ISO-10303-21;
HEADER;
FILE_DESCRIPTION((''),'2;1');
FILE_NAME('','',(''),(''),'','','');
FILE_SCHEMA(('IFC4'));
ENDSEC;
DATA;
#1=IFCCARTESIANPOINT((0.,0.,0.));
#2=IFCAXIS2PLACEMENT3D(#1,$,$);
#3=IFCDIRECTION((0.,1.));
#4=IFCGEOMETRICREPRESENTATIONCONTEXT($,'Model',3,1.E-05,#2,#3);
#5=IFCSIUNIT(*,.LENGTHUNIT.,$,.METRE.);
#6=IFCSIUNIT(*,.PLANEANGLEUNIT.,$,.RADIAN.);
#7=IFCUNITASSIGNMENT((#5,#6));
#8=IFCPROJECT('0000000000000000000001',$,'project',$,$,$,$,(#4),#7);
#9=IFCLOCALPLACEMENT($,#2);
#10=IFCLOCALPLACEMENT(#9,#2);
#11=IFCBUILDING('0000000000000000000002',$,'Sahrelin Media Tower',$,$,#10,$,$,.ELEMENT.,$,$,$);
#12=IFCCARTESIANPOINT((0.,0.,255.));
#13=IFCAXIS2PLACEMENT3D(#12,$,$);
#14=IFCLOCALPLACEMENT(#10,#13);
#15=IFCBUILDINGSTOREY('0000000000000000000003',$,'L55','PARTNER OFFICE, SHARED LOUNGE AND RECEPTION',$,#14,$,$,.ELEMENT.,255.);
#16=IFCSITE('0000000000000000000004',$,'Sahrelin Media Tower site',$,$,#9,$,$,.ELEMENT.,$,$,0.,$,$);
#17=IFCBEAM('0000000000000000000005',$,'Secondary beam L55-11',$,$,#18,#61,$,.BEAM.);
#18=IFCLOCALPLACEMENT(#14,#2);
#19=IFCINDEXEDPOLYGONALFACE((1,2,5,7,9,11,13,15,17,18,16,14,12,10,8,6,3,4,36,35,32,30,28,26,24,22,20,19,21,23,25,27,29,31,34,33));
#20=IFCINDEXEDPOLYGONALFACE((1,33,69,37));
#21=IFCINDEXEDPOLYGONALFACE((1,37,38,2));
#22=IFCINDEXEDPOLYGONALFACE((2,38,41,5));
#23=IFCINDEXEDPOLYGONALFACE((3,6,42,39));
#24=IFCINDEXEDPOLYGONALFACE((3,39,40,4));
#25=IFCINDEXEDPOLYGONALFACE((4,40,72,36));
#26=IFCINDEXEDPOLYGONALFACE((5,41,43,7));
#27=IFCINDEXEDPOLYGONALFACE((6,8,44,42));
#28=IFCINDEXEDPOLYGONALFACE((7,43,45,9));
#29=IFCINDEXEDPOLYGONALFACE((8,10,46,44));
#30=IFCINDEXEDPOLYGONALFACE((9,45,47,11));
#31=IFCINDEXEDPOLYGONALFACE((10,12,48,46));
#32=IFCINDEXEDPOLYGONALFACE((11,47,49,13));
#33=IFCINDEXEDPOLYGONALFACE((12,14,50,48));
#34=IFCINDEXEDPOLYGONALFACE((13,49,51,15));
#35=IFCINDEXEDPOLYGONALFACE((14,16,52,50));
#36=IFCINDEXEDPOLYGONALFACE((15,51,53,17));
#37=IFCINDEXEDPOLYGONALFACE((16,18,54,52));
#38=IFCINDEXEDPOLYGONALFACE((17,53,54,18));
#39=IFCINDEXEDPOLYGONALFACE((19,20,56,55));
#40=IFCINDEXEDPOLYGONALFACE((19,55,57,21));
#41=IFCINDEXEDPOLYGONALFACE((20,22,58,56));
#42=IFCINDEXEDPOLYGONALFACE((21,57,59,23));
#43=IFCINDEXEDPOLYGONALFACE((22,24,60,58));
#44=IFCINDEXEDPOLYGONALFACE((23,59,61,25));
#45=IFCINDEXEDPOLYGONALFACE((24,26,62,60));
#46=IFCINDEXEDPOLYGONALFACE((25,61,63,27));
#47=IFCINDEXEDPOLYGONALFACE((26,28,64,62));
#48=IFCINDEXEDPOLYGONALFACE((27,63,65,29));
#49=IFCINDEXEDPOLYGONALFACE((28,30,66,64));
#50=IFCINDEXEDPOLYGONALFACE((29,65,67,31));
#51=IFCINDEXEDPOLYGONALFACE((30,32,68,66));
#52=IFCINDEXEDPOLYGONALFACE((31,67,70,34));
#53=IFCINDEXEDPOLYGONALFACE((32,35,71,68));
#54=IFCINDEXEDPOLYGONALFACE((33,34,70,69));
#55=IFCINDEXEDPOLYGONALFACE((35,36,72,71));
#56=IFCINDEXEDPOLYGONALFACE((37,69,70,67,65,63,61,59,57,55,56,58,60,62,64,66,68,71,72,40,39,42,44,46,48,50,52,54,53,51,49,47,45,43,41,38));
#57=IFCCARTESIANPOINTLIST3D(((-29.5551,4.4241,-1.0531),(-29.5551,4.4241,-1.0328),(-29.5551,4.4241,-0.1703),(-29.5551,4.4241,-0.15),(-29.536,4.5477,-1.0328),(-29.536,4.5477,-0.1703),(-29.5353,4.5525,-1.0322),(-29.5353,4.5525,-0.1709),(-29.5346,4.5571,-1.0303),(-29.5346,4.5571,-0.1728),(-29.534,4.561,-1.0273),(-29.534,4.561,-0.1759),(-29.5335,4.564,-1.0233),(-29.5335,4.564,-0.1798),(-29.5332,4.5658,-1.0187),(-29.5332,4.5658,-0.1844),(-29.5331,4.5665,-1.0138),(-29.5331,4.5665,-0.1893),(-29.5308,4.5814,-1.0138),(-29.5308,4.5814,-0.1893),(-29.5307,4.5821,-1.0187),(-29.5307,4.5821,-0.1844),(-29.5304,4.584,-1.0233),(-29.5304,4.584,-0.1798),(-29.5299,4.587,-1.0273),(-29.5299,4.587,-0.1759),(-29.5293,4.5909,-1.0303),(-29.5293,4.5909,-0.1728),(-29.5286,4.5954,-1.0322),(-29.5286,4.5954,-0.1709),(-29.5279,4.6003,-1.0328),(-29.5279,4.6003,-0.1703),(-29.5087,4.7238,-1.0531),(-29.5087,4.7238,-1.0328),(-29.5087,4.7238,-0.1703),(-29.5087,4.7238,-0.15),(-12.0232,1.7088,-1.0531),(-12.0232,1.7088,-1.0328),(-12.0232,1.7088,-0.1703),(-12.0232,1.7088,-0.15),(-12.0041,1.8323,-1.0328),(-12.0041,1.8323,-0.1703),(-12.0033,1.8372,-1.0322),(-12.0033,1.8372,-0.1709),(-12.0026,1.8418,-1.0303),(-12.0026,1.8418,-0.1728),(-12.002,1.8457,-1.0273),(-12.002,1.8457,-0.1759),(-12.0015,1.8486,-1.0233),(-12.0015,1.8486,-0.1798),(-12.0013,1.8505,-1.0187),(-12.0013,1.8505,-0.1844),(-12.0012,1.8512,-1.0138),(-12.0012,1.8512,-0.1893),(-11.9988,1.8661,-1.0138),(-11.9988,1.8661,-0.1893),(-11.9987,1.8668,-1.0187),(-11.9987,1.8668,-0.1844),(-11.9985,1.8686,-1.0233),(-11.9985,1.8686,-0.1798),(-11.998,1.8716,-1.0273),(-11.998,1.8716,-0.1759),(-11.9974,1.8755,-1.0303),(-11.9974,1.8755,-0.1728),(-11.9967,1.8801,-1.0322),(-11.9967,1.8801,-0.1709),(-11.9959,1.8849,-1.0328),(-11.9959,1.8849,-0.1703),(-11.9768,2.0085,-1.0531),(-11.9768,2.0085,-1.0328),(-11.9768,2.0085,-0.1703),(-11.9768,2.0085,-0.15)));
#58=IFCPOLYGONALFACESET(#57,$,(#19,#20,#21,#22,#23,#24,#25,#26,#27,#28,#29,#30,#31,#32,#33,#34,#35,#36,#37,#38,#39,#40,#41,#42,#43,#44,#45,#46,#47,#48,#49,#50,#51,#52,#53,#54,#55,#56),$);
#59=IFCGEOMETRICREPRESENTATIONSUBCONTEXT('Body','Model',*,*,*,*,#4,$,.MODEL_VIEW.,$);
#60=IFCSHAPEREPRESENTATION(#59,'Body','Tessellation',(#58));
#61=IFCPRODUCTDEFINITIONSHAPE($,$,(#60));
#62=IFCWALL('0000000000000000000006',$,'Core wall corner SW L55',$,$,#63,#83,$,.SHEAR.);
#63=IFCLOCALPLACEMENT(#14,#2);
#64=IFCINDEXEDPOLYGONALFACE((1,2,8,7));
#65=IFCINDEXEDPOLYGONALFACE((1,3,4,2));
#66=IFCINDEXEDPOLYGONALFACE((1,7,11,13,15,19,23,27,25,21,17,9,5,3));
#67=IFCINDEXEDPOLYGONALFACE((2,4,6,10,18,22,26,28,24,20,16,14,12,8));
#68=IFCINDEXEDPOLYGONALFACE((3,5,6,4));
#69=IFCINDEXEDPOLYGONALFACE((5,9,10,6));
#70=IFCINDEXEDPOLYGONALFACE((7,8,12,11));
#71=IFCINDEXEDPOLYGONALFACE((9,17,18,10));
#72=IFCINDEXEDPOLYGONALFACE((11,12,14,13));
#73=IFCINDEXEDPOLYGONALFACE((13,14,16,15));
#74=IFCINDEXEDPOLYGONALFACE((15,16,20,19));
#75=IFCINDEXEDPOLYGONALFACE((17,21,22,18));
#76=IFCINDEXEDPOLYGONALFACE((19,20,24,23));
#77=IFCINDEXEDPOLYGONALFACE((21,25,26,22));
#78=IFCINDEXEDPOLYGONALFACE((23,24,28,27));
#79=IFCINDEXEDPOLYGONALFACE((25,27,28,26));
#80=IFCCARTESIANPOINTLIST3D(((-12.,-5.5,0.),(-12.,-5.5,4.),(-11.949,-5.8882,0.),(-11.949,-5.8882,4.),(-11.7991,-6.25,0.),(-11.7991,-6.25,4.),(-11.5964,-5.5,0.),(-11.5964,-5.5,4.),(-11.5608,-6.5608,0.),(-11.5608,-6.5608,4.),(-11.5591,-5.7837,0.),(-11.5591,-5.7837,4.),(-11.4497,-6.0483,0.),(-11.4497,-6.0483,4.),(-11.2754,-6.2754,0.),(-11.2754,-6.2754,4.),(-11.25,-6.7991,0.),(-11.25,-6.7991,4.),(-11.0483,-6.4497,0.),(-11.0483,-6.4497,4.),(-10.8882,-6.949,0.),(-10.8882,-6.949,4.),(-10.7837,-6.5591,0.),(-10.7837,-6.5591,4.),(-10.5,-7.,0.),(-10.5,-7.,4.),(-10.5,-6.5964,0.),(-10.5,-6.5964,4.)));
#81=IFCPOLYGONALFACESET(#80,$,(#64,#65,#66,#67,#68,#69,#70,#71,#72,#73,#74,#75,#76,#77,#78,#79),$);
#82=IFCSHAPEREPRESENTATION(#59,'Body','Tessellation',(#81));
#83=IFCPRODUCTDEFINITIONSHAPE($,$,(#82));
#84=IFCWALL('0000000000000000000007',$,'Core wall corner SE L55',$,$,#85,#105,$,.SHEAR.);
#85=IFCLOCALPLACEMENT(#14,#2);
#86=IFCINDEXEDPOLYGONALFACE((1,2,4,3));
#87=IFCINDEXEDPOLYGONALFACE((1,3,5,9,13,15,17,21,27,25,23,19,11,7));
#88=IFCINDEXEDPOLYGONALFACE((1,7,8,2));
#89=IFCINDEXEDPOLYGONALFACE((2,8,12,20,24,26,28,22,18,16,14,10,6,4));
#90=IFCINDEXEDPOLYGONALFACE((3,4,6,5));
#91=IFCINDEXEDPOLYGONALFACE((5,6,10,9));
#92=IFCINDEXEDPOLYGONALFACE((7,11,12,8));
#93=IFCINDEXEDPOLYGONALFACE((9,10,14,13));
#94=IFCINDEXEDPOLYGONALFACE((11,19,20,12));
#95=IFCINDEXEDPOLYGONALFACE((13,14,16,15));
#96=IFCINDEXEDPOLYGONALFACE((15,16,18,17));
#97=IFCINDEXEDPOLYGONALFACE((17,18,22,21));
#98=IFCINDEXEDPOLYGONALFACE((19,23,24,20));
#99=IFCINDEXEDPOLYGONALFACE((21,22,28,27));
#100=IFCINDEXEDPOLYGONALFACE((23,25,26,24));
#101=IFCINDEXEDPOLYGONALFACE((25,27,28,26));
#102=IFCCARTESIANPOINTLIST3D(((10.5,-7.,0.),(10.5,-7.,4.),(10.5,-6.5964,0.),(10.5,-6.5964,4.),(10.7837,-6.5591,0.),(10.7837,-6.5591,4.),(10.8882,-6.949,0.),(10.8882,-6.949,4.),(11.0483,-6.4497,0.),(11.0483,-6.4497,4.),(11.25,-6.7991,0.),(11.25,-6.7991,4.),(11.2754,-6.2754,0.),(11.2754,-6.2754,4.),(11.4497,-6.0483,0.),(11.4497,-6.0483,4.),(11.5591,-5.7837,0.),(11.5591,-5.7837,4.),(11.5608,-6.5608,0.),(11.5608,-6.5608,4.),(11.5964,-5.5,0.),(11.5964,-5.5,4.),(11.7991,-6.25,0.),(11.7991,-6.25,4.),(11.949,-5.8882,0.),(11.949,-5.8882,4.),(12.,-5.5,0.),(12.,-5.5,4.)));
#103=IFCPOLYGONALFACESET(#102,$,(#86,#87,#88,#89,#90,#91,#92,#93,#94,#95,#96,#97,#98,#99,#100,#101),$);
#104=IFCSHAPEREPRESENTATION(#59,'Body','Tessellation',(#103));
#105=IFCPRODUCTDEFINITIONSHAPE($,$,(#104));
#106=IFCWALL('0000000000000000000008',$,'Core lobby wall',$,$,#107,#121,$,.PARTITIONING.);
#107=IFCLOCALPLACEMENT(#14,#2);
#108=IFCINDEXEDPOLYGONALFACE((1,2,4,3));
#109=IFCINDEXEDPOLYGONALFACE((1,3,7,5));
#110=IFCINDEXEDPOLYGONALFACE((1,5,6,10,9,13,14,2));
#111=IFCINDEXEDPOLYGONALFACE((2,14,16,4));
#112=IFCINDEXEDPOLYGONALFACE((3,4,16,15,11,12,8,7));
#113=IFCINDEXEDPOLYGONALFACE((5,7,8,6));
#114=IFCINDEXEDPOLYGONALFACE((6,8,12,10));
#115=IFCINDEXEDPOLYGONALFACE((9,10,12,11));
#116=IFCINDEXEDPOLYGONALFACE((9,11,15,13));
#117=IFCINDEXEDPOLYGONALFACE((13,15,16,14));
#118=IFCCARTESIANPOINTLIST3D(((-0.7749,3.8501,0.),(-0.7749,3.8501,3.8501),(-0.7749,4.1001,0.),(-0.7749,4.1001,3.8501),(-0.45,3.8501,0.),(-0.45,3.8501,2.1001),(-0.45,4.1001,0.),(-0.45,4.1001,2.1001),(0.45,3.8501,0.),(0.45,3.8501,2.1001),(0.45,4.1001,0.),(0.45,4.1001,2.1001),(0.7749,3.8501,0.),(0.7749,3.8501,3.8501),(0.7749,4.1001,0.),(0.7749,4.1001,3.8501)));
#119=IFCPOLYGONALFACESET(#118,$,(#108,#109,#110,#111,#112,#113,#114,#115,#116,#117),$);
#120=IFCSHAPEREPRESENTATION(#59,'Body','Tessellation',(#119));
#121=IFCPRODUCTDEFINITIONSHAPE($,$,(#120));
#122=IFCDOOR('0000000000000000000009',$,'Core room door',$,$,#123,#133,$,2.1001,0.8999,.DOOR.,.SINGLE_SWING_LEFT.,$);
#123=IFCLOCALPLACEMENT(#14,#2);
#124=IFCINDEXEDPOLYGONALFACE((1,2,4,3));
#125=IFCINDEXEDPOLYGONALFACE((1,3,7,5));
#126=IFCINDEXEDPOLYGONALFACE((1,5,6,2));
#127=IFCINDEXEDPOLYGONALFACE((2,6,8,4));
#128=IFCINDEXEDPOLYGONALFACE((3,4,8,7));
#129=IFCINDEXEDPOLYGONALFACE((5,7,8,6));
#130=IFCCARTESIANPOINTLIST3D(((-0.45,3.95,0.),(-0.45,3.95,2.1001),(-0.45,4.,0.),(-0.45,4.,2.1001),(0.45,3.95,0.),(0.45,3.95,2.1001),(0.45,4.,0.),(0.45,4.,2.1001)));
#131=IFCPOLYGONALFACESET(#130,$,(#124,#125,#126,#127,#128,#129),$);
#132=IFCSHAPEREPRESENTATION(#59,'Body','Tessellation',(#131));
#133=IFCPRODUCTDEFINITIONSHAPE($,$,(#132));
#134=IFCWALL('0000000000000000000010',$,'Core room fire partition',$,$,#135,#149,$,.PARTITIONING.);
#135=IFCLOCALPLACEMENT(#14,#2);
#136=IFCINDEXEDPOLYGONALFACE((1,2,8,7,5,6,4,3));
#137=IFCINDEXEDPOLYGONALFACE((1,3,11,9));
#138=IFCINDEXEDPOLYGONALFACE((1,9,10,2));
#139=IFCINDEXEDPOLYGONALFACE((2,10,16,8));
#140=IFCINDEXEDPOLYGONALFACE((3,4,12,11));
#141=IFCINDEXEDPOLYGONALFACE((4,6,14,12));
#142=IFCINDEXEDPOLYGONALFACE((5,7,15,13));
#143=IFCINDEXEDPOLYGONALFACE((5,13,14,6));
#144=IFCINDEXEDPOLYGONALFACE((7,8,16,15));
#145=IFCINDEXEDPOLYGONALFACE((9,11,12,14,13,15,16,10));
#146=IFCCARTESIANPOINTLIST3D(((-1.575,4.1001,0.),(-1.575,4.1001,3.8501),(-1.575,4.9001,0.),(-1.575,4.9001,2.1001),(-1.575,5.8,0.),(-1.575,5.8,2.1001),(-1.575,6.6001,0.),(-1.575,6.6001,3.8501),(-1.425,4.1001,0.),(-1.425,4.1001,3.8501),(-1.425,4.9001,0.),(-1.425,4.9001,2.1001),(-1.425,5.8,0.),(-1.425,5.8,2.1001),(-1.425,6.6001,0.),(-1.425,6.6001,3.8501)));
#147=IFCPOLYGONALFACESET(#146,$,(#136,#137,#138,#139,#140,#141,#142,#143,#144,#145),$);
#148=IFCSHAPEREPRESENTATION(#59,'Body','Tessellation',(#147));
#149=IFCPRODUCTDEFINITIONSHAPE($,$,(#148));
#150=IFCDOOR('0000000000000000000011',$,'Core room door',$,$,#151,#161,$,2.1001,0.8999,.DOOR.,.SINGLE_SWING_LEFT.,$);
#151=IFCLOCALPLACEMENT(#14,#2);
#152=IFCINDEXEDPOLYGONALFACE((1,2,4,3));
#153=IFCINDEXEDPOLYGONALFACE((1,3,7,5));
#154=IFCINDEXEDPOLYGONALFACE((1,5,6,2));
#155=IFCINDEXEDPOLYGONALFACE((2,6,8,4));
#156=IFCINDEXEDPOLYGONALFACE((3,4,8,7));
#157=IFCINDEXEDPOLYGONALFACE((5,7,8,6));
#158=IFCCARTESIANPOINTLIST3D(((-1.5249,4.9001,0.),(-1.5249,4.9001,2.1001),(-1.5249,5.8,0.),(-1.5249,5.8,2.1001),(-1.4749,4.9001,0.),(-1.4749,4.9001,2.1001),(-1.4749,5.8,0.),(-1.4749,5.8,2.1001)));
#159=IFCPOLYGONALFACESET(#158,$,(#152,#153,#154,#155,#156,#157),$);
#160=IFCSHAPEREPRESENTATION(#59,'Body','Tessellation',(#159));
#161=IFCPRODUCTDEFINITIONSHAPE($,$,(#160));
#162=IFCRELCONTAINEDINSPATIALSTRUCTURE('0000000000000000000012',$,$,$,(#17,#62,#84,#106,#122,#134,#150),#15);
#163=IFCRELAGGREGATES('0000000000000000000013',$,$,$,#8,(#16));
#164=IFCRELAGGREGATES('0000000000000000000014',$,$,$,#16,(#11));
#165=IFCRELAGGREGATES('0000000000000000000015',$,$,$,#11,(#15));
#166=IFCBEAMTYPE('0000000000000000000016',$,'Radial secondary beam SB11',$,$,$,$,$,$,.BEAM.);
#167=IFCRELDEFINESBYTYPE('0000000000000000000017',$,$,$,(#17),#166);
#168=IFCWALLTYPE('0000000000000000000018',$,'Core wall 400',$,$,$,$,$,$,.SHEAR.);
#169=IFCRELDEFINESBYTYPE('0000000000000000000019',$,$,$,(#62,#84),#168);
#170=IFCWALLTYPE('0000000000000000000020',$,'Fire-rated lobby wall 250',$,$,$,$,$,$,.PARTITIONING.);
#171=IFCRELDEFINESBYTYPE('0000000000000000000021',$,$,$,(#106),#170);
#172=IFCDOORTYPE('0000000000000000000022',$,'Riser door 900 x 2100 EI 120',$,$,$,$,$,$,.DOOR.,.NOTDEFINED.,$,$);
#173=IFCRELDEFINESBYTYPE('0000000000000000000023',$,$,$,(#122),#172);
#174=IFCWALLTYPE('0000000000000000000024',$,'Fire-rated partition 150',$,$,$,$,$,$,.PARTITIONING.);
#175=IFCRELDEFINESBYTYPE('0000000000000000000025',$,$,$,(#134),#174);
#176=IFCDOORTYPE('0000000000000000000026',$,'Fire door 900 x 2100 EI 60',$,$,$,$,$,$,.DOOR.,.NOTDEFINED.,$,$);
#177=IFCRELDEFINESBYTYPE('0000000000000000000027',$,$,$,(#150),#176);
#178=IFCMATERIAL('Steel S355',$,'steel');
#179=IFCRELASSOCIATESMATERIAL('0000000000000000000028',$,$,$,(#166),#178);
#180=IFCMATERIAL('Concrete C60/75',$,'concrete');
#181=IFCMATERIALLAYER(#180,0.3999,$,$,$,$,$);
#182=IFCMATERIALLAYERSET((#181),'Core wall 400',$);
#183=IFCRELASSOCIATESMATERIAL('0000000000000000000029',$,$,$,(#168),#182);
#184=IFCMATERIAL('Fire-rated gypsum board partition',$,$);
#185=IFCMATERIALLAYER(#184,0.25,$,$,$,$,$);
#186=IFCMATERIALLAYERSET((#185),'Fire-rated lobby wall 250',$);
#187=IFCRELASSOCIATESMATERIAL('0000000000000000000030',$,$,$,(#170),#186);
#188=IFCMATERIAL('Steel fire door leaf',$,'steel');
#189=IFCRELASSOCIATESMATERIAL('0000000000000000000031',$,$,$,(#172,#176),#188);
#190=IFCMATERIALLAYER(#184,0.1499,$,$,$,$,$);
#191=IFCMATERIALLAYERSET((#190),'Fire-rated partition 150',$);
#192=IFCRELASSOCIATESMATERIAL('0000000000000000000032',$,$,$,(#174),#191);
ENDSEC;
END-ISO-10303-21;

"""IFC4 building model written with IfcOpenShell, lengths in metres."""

from ifc_helpers import new_model, si_unit, direction, frame, frame_2d, origin, origin_2d, place, context, subcontext, project, spatial, polyline, rectangle, i_section, outline, extrude, material, layer, layer_set, material_profile, profile_set, type_object, element, fill, save


model = new_model("IFC4")

# Units and contexts
model_context = context("Model", 3, precision=1e-05, world=origin(), true_north=direction((0.0, 1.0)))
body_context = subcontext(model_context, "Body", "Model", "MODEL_VIEW")
ifc_project = project(units=[si_unit("LENGTHUNIT", "METRE"), si_unit("PLANEANGLEUNIT", "RADIAN")], contexts=[model_context])

# Site, building, storey
site_placement = place(None, origin())
site = spatial("IfcSite", under=ifc_project, at=site_placement, Name="Sahrelin Media Tower site", CompositionType="ELEMENT", RefElevation=0.0)
building_placement = place(site_placement, origin())
building = spatial("IfcBuilding", under=site, at=building_placement, Name="Sahrelin Media Tower", CompositionType="ELEMENT")
storey_placement = place(building_placement, frame((0.0, 0.0, 255.0)))
storey = spatial("IfcBuildingStorey", under=building, at=storey_placement, Name="L55", Description="PARTNER OFFICE, SHARED LOUNGE AND RECEPTION", CompositionType="ELEMENT", Elevation=255.0)

# Beam
ifc_material_1 = material(Name="Steel S355", Category="steel")
ifc_material_profile_1 = material_profile(ifc_material_1, i_section(OverallWidth=0.3032, OverallDepth=0.9031, WebThickness=0.0151, FlangeThickness=0.0203, FilletRadius=0.019, at=origin_2d()), Name="UB 914x305x201")
ifc_profile_set_1 = profile_set([ifc_material_profile_1], Name="Steel S355")
beam_type_1 = type_object("IfcBeamType", Name="Radial secondary beam SB11", PredefinedType="BEAM", material=ifc_profile_set_1)
beam_1_placement = place(storey_placement, frame((-12.0, 1.8586, -0.6016), z_axis=(-0.988218, 0.153054, 0.0), x_axis=(-0.153054, -0.988218, 0.0)))
element("IfcBeam", 1, at=beam_1_placement, inside=storey, type_object=beam_type_1, Name="Secondary beam L55-11", PredefinedType="BEAM", context=body_context, shape_type="SweptSolid", body=[
    extrude(i_section(OverallWidth=0.3032, OverallDepth=0.9031, WebThickness=0.0151, FlangeThickness=0.0203, FilletRadius=0.019, at=origin_2d()), origin(), (0.0, 0.0, 1.0), 17.741),
])

# Walls
ifc_material_2 = material(Name="Concrete C60/75", Category="concrete")
ifc_layer_1 = layer(ifc_material_2, 0.3999)
ifc_layer_set_1 = layer_set([ifc_layer_1], Name="Core wall 400")
wall_type_1 = type_object("IfcWallType", Name="Core wall 400", PredefinedType="SHEAR", material=ifc_layer_set_1)
placement = place(storey_placement, origin())
element("IfcWall", 2, at=placement, inside=storey, type_object=wall_type_1, Name="Core wall corner SW L55", PredefinedType="SHEAR", context=body_context, shape_type="SweptSolid", body=[
    extrude(outline(polyline([(-10.5, -7.0), (-10.5, -6.5964), (-10.7837, -6.5591), (-11.0483, -6.4497), (-11.2754, -6.2754), (-11.4497, -6.0483), (-11.5591, -5.7837), (-11.5964, -5.5), (-12.0, -5.5), (-11.949, -5.8882), (-11.7991, -6.25), (-11.5608, -6.5608), (-11.25, -6.7991), (-10.8882, -6.949), (-10.5, -7.0)])), origin(), (0.0, 0.0, 1.0), 4.0),
])
element("IfcWall", 3, at=placement, inside=storey, type_object=wall_type_1, Name="Core wall corner SE L55", PredefinedType="SHEAR", context=body_context, shape_type="SweptSolid", body=[
    extrude(outline(polyline([(12.0, -5.5), (11.5964, -5.5), (11.5591, -5.7837), (11.4497, -6.0483), (11.2754, -6.2754), (11.0483, -6.4497), (10.7837, -6.5591), (10.5, -6.5964), (10.5, -7.0), (10.8882, -6.949), (11.25, -6.7991), (11.5608, -6.5608), (11.7991, -6.25), (11.949, -5.8882), (12.0, -5.5)])), origin(), (0.0, 0.0, 1.0), 4.0),
])

# Walls, openings, doors
ifc_material_3 = material(Name="Fire-rated gypsum board partition")
ifc_layer_2 = layer(ifc_material_3, 0.25)
ifc_layer_set_2 = layer_set([ifc_layer_2], Name="Fire-rated lobby wall 250")
wall_type_2 = type_object("IfcWallType", Name="Fire-rated lobby wall 250", PredefinedType="PARTITIONING", material=ifc_layer_set_2)
wall_1_placement = place(storey_placement, frame((-0.7749, 3.9751, 0.0), z_axis=(0.0, 0.0, 1.0), x_axis=(1.0, 0.0, 0.0)))
wall_1 = element("IfcWall", 4, at=wall_1_placement, inside=storey, type_object=wall_type_2, Name="Core lobby wall", PredefinedType="PARTITIONING", context=body_context, shape_type="SweptSolid", body=[
    extrude(rectangle(XDim=1.5498, YDim=0.25, at=frame_2d((0.7749, 0.0))), origin(), (0.0, 0.0, 1.0), 3.8501),
])
opening_1_placement = place(wall_1_placement, frame((0.325, 0.0, 0.0)))
opening_1 = element("IfcOpeningElement", 5, at=opening_1_placement, cuts=wall_1, PredefinedType="OPENING", context=body_context, shape_type="SweptSolid", body=[
    extrude(rectangle(XDim=0.8999, YDim=2.1001, at=frame_2d((0.45, 1.05))), frame((0.0, 0.125, 0.0), z_axis=(0.0, -1.0, 0.0), x_axis=(1.0, 0.0, 0.0)), (0.0, 0.0, 1.0), 0.25),
])
ifc_material_4 = material(Name="Steel fire door leaf", Category="steel")
door_type_1 = type_object("IfcDoorType", Name="Riser door 900 x 2100 EI 120", OperationType="NOTDEFINED", PredefinedType="DOOR", material=ifc_material_4)
door_1_placement = place(opening_1_placement, origin())
door_1 = element("IfcDoor", 6, at=door_1_placement, inside=storey, type_object=door_type_1, Name="Core room door", OperationType="SINGLE_SWING_LEFT", OverallHeight=2.1001, OverallWidth=0.8999, PredefinedType="DOOR", context=body_context, shape_type="SweptSolid", body=[
    extrude(rectangle(XDim=0.8999, YDim=2.1001, at=frame_2d((0.45, 1.05))), frame((0.0, 0.0249, 0.0), z_axis=(0.0, -1.0, 0.0), x_axis=(1.0, 0.0, 0.0)), (0.0, 0.0, 1.0), 0.05),
])
fill(opening_1, door_1)
ifc_layer_3 = layer(ifc_material_3, 0.1499)
ifc_layer_set_3 = layer_set([ifc_layer_3], Name="Fire-rated partition 150")
wall_type_3 = type_object("IfcWallType", Name="Fire-rated partition 150", PredefinedType="PARTITIONING", material=ifc_layer_set_3)
wall_2_placement = place(storey_placement, frame((-1.5, 4.1001, 0.0), z_axis=(0.0, 0.0, 1.0), x_axis=(0.0, 1.0, 0.0)))
wall_2 = element("IfcWall", 7, at=wall_2_placement, inside=storey, type_object=wall_type_3, Name="Core room fire partition", PredefinedType="PARTITIONING", context=body_context, shape_type="SweptSolid", body=[
    extrude(rectangle(XDim=2.5, YDim=0.1499, at=frame_2d((1.25, 0.0))), origin(), (0.0, 0.0, 1.0), 3.8501),
])
opening_2_placement = place(wall_2_placement, frame((0.8, 0.0, 0.0)))
opening_2 = element("IfcOpeningElement", 8, at=opening_2_placement, cuts=wall_2, PredefinedType="OPENING", context=body_context, shape_type="SweptSolid", body=[
    extrude(rectangle(XDim=0.8999, YDim=2.1001, at=frame_2d((0.45, 1.05))), frame((0.0, 0.075, 0.0), z_axis=(0.0, -1.0, 0.0), x_axis=(1.0, 0.0, 0.0)), (0.0, 0.0, 1.0), 0.1499),
])
door_type_2 = type_object("IfcDoorType", Name="Fire door 900 x 2100 EI 60", OperationType="NOTDEFINED", PredefinedType="DOOR", material=ifc_material_4)
door_2_placement = place(opening_2_placement, origin())
door_2 = element("IfcDoor", 9, at=door_2_placement, inside=storey, type_object=door_type_2, Name="Core room door", OperationType="SINGLE_SWING_LEFT", OverallHeight=2.1001, OverallWidth=0.8999, PredefinedType="DOOR", context=body_context, shape_type="SweptSolid", body=[
    extrude(rectangle(XDim=0.8999, YDim=2.1001, at=frame_2d((0.45, 1.05))), frame((0.0, 0.0249, 0.0), z_axis=(0.0, -1.0, 0.0), x_axis=(1.0, 0.0, 0.0)), (0.0, 0.0, 1.0), 0.05),
])
fill(opening_2, door_2)

save(model, "model.ifc")
